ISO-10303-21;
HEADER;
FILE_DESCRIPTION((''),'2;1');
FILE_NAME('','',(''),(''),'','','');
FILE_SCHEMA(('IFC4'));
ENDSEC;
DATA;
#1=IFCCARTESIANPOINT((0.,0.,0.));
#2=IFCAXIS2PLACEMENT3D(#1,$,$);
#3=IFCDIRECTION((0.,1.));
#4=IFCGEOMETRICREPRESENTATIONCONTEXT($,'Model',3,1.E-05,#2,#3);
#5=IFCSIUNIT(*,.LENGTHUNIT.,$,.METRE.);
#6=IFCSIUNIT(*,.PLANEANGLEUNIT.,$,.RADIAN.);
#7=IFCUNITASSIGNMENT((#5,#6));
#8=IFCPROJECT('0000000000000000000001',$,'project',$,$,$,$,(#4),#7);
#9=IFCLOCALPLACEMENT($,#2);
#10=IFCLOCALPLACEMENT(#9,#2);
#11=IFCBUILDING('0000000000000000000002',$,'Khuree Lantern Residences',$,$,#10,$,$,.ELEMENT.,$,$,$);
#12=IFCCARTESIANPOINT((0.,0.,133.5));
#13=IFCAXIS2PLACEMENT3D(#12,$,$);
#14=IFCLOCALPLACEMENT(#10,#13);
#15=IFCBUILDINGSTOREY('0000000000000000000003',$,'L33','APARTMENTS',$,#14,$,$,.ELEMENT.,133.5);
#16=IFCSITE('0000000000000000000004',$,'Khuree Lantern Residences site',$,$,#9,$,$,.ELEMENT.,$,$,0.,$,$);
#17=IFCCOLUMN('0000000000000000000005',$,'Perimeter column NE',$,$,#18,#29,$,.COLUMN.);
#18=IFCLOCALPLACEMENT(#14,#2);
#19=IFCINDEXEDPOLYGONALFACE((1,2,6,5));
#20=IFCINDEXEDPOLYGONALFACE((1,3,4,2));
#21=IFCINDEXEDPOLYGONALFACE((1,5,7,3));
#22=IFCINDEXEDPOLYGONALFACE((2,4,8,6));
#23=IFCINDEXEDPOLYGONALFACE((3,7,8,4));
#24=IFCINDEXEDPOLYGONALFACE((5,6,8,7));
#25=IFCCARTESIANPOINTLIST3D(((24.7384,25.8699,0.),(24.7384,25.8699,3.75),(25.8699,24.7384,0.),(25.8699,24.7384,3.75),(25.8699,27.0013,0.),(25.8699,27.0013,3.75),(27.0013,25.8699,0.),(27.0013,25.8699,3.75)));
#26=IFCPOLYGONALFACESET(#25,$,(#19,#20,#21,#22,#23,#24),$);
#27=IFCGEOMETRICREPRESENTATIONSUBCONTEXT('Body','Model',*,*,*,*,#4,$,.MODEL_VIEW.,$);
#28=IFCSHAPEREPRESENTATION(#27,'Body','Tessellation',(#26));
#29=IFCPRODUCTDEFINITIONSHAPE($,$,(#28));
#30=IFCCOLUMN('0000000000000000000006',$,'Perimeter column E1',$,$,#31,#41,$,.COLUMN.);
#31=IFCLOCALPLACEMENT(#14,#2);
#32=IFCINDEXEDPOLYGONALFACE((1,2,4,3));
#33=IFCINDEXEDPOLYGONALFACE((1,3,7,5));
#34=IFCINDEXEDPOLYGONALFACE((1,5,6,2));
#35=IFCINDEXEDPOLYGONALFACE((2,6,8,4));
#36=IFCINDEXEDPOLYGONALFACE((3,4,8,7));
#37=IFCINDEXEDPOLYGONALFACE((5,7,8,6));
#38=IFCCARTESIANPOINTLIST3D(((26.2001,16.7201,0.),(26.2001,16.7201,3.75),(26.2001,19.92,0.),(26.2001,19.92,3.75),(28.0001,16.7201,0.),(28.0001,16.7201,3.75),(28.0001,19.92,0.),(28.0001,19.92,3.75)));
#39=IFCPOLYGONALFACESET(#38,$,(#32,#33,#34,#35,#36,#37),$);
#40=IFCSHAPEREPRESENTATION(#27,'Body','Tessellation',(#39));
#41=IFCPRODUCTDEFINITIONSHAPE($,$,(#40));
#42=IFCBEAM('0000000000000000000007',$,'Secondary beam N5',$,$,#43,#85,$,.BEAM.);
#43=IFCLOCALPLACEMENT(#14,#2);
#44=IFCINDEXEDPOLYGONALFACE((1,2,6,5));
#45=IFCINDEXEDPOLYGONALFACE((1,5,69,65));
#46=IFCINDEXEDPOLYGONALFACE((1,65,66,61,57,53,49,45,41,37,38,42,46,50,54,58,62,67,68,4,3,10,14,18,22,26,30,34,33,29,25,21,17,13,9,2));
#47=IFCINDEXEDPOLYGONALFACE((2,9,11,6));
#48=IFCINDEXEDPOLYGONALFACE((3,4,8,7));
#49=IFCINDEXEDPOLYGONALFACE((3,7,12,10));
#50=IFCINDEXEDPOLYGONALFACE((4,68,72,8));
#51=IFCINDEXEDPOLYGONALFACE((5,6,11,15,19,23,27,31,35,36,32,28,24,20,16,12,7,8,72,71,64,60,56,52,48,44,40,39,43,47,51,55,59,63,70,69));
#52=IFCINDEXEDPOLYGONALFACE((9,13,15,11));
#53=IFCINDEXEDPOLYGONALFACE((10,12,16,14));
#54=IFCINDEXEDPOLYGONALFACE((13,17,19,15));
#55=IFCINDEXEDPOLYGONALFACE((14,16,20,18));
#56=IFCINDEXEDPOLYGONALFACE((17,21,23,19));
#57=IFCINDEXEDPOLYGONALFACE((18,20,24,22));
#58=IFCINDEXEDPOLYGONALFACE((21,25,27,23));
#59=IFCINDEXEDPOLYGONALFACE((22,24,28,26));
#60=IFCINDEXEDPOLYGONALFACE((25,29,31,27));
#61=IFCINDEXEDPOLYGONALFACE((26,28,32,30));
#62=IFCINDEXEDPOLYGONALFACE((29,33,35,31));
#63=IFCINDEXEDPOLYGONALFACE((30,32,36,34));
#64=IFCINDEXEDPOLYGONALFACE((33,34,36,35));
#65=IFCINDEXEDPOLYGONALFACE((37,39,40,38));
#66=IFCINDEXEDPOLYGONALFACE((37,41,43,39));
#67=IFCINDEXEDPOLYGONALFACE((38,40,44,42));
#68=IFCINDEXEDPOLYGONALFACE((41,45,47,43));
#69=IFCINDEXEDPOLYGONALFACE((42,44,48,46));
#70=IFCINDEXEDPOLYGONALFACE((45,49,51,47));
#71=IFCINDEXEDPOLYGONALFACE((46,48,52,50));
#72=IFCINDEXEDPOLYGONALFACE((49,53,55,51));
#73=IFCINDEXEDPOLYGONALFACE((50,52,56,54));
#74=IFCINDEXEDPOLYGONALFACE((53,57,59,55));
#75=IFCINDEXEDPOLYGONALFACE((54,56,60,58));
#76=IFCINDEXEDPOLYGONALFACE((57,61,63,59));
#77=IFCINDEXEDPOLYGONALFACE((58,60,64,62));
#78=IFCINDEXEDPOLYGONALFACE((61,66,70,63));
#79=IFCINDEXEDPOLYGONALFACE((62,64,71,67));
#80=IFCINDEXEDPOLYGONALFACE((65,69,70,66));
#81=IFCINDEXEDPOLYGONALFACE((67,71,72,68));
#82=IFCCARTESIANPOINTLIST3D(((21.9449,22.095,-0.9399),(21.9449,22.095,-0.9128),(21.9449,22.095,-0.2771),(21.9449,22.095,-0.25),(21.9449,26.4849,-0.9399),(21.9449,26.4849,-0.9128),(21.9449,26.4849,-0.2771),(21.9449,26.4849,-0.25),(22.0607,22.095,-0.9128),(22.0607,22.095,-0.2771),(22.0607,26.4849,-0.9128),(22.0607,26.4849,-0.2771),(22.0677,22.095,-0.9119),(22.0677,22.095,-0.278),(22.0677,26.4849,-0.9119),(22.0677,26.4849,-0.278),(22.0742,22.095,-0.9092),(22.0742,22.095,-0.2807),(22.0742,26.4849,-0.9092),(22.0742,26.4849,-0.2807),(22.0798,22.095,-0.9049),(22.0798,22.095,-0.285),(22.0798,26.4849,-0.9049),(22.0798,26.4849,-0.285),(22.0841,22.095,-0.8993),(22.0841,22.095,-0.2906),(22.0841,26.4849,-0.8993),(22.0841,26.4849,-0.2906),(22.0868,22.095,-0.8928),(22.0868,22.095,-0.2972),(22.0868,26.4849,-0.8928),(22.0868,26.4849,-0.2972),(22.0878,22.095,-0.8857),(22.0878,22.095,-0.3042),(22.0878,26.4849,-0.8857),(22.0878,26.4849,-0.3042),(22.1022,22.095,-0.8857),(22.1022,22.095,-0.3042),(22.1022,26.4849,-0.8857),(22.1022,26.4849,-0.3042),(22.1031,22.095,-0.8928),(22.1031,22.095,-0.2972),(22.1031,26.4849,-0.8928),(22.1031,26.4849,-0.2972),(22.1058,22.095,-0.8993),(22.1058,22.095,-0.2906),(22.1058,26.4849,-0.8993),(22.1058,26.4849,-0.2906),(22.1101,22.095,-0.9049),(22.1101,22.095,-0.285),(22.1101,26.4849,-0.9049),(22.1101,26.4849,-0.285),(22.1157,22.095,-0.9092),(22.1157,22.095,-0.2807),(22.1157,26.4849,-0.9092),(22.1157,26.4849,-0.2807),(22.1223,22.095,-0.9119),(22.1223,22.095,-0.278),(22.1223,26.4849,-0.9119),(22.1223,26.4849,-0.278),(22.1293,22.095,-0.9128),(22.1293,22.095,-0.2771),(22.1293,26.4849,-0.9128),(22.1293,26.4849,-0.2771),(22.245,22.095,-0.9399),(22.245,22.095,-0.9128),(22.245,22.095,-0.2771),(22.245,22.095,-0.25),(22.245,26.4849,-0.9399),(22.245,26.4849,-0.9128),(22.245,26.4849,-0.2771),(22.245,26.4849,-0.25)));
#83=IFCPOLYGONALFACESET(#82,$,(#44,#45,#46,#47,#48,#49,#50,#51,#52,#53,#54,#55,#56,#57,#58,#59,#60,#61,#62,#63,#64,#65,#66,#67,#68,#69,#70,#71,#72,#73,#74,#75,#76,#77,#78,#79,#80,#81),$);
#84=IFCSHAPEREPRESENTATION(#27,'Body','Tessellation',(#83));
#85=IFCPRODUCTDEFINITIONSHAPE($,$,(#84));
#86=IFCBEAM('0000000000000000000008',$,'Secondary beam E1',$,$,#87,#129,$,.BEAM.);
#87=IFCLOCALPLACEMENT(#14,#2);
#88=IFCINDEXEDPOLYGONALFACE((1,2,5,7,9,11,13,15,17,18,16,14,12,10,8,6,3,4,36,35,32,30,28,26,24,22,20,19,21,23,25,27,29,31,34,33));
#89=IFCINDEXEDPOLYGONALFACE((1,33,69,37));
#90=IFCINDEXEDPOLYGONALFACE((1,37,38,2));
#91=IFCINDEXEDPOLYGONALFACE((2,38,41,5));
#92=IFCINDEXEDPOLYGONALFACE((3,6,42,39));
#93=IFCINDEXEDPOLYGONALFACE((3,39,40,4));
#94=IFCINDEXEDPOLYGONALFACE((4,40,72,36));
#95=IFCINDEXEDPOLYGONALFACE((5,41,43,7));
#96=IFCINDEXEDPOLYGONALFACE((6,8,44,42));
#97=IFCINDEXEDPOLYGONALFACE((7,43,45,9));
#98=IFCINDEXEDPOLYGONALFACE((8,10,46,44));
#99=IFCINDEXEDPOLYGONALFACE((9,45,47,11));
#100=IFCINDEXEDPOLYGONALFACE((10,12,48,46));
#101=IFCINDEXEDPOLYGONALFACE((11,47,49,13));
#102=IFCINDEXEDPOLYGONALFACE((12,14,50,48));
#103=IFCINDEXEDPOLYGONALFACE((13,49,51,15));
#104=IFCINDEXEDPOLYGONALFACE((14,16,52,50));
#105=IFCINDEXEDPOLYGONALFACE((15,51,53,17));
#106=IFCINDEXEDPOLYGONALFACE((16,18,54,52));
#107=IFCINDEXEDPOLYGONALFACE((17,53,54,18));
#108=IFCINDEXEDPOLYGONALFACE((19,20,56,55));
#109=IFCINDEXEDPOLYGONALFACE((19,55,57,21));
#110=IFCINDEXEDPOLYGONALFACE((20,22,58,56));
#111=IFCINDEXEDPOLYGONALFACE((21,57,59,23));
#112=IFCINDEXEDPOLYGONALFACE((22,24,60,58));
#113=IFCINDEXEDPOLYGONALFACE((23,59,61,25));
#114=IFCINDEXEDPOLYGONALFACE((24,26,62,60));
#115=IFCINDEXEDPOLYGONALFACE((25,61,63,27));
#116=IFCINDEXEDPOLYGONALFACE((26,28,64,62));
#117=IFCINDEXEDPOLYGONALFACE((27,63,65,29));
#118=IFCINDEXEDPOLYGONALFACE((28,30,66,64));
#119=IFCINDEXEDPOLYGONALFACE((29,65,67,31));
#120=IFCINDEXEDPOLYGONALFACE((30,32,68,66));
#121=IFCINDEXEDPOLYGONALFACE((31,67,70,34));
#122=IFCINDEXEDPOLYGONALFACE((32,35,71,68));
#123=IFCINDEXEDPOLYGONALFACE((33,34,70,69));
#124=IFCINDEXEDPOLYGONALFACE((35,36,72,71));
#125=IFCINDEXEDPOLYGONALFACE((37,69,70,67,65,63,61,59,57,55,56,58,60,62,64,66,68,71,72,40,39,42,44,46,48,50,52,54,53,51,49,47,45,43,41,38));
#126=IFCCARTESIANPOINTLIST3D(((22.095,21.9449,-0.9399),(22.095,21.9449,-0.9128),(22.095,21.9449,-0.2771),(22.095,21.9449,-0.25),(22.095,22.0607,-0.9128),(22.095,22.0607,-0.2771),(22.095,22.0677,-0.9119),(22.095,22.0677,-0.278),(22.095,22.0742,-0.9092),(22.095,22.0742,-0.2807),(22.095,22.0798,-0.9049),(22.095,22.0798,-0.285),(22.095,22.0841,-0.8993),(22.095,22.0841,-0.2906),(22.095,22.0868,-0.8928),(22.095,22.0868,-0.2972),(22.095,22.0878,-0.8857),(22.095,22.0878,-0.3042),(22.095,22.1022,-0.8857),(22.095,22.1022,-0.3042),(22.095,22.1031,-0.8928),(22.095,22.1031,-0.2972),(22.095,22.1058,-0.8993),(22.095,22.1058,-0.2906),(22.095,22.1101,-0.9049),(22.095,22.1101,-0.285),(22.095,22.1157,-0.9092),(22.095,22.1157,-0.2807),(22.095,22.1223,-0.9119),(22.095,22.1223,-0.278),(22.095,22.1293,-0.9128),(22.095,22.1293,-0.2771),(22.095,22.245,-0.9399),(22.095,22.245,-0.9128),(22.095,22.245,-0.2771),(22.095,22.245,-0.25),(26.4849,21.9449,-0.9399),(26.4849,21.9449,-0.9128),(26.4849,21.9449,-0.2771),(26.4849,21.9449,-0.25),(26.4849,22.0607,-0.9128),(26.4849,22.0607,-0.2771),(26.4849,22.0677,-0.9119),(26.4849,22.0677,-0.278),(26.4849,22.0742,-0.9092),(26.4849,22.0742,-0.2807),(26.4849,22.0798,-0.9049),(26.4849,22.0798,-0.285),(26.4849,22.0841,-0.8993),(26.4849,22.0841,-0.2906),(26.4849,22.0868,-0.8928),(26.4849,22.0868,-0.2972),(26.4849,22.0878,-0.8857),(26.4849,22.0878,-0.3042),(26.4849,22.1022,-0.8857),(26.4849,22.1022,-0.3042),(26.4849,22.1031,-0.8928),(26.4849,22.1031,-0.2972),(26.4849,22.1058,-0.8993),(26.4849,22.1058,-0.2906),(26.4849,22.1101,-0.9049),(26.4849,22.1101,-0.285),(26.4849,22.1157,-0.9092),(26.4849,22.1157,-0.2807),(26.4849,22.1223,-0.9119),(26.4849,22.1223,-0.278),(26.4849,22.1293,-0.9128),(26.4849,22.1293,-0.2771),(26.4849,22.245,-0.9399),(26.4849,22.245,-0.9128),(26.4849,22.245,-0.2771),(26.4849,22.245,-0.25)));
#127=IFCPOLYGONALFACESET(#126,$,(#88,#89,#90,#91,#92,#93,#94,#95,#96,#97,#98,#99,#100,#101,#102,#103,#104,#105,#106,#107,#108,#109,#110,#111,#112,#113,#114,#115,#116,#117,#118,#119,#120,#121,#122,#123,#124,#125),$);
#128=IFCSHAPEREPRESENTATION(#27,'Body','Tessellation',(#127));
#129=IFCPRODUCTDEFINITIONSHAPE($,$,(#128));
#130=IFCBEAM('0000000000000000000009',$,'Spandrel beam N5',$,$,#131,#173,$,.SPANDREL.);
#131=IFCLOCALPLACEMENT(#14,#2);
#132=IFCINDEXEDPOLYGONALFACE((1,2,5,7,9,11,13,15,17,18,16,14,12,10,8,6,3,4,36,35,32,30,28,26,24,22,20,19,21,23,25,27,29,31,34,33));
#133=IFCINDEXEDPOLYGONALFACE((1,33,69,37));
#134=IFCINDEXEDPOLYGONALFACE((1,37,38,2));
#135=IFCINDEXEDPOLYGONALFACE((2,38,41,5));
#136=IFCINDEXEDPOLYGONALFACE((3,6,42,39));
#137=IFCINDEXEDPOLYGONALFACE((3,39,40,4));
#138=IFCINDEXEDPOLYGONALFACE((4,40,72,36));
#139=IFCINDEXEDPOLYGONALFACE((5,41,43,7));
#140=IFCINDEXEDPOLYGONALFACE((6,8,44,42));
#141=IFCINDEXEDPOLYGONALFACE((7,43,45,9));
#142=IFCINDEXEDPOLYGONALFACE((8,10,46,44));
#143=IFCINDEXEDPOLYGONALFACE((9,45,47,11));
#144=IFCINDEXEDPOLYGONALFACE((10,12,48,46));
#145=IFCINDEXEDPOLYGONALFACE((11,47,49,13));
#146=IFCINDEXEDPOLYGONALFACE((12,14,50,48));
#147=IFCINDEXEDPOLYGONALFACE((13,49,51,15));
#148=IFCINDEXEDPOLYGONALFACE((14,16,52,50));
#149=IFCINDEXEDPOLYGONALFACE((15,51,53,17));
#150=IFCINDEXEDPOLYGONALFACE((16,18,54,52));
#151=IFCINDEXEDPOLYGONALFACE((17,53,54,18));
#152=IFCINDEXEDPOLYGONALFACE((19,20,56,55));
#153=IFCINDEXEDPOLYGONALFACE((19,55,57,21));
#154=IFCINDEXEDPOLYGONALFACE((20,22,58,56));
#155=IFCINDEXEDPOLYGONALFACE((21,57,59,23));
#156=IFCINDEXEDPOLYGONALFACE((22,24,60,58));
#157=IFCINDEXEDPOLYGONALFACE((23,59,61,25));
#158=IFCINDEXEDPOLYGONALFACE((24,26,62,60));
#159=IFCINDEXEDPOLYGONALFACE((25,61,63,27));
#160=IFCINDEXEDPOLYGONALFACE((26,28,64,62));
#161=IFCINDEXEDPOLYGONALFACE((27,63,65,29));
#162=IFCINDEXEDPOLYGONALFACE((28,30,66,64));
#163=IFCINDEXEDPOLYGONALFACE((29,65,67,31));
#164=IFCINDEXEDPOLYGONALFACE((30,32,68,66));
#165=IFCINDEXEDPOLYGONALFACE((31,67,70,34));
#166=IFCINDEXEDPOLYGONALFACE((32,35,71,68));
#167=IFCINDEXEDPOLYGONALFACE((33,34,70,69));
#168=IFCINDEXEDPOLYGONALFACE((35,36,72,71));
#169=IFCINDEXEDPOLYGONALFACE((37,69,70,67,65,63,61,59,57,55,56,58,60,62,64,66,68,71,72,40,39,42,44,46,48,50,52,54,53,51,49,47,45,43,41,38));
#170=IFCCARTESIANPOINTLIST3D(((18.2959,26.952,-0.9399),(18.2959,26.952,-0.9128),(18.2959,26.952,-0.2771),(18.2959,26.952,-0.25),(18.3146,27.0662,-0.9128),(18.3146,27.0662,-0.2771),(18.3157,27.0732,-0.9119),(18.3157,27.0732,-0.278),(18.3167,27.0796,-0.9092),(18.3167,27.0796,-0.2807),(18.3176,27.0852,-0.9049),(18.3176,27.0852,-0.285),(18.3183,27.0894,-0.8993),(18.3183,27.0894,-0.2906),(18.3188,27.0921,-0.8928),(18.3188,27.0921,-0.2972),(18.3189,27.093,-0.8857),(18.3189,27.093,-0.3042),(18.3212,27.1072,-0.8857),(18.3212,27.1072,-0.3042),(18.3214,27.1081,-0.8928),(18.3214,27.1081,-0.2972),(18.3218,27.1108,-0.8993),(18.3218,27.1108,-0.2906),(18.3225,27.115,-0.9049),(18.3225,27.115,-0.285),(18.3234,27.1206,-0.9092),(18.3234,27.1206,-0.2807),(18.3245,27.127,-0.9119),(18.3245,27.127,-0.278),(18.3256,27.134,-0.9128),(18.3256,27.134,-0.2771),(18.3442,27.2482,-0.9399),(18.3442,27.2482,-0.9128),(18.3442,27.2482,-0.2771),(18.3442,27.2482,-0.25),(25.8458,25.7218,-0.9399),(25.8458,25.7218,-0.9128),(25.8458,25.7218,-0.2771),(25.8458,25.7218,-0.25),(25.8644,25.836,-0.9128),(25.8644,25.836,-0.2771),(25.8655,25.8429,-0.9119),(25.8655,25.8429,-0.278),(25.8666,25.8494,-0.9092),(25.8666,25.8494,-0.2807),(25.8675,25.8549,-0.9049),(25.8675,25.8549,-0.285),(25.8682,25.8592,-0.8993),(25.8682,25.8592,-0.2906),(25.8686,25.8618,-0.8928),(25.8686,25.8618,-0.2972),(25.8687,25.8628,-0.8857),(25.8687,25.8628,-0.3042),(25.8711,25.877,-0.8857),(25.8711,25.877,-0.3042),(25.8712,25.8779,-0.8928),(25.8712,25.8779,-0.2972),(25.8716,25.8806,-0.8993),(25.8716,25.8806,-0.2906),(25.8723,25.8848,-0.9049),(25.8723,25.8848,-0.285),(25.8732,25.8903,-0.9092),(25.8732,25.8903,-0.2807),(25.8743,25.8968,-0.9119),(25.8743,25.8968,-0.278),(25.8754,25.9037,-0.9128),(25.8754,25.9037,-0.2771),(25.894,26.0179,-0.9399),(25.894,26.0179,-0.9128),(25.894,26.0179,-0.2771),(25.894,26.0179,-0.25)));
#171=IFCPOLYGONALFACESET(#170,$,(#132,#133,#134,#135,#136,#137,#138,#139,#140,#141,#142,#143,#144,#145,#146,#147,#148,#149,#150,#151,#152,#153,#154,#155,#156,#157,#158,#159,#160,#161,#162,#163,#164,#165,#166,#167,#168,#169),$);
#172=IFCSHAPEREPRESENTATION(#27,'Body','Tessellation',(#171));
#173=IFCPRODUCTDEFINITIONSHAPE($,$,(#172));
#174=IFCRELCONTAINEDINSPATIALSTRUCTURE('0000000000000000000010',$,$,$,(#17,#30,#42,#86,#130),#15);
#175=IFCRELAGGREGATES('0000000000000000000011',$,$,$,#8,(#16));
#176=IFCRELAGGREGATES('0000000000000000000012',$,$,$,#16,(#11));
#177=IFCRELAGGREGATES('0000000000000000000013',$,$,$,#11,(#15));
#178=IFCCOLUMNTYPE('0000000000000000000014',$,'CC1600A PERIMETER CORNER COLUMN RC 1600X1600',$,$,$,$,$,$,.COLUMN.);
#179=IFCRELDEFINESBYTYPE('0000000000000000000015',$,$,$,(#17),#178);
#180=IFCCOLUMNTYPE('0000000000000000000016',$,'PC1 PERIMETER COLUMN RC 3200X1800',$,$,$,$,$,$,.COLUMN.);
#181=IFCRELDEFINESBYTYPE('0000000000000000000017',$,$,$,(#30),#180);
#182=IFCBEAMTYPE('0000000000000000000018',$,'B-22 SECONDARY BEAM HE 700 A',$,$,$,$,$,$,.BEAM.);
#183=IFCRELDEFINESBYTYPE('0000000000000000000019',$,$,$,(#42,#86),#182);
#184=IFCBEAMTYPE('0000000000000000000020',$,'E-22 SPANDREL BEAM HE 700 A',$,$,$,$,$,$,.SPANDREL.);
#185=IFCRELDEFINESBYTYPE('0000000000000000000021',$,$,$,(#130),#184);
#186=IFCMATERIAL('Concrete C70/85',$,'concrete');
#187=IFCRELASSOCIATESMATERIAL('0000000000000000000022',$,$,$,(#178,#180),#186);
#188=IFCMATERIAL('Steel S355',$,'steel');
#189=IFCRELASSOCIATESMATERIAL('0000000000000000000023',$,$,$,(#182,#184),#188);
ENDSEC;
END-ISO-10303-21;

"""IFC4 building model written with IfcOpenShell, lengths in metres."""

from ifc_helpers import new_model, si_unit, direction, frame, origin, origin_2d, place, context, subcontext, project, spatial, rectangle, i_section, extrude, material, material_profile, profile_set, type_object, element, save


model = new_model("IFC4")

# Units and contexts
model_context = context("Model", 3, precision=1e-05, world=origin(), true_north=direction((0.0, 1.0)))
body_context = subcontext(model_context, "Body", "Model", "MODEL_VIEW")
ifc_project = project(units=[si_unit("LENGTHUNIT", "METRE"), si_unit("PLANEANGLEUNIT", "RADIAN")], contexts=[model_context])

# Site, building, storey
site_placement = place(None, origin())
site = spatial("IfcSite", under=ifc_project, at=site_placement, Name="Khuree Lantern Residences site", CompositionType="ELEMENT", RefElevation=0.0)
building_placement = place(site_placement, origin())
building = spatial("IfcBuilding", under=site, at=building_placement, Name="Khuree Lantern Residences", CompositionType="ELEMENT")
storey_placement = place(building_placement, frame((0.0, 0.0, 133.5)))
storey = spatial("IfcBuildingStorey", under=building, at=storey_placement, Name="L33", Description="APARTMENTS", CompositionType="ELEMENT", Elevation=133.5)

# Columns
ifc_material_1 = material(Name="Concrete C70/85", Category="concrete")
ifc_material_profile_1 = material_profile(ifc_material_1, rectangle(XDim=1.6001, YDim=1.6001, at=origin_2d()), Name="RC 1600X1600")
ifc_profile_set_1 = profile_set([ifc_material_profile_1], Name="Concrete C70/85")
column_type_1 = type_object("IfcColumnType", Name="CC1600A PERIMETER CORNER COLUMN RC 1600X1600", PredefinedType="COLUMN", material=ifc_profile_set_1)
column_1_placement = place(storey_placement, frame((25.8699, 25.8699, 0.0), z_axis=(0.0, 0.0, 1.0), x_axis=(0.707107, -0.707107, 0.0)))
element("IfcColumn", 1, at=column_1_placement, inside=storey, type_object=column_type_1, Name="Perimeter column NE", PredefinedType="COLUMN", context=body_context, shape_type="SweptSolid", body=[
    extrude(rectangle(XDim=1.6001, YDim=1.6001, at=origin_2d()), origin(), (0.0, 0.0, 1.0), 3.75),
])
ifc_material_profile_2 = material_profile(ifc_material_1, rectangle(XDim=3.2, YDim=1.8, at=origin_2d()), Name="RC 3200X1800")
ifc_profile_set_2 = profile_set([ifc_material_profile_2], Name="Concrete C70/85")
column_type_2 = type_object("IfcColumnType", Name="PC1 PERIMETER COLUMN RC 3200X1800", PredefinedType="COLUMN", material=ifc_profile_set_2)
column_2_placement = place(storey_placement, frame((27.1001, 18.3201, 0.0), z_axis=(0.0, 0.0, 1.0), x_axis=(0.0, 1.0, 0.0)))
element("IfcColumn", 2, at=column_2_placement, inside=storey, type_object=column_type_2, Name="Perimeter column E1", PredefinedType="COLUMN", context=body_context, shape_type="SweptSolid", body=[
    extrude(rectangle(XDim=3.2, YDim=1.8, at=origin_2d()), origin(), (0.0, 0.0, 1.0), 3.75),
])

# Beams
ifc_material_2 = material(Name="Steel S355", Category="steel")
ifc_material_profile_3 = material_profile(ifc_material_2, i_section(OverallWidth=0.3, OverallDepth=0.6899, WebThickness=0.0144, FlangeThickness=0.0271, FilletRadius=0.0271, at=origin_2d()), Name="HE 700 A")
ifc_profile_set_3 = profile_set([ifc_material_profile_3], Name="Steel S355")
beam_type_1 = type_object("IfcBeamType", Name="B-22 SECONDARY BEAM HE 700 A", PredefinedType="BEAM", material=ifc_profile_set_3)
for number, where, z_axis, x_axis, name in (
    (3, (22.095, 26.4849, -0.595), (0.0, -1.0, 0.0), (1.0, 0.0, 0.0), "Secondary beam N5"),
    (4, (26.4849, 22.095, -0.595), (-1.0, 0.0, 0.0), (0.0, -1.0, 0.0), "Secondary beam E1"),
):
    element("IfcBeam", number, at=place(storey_placement, frame(where, z_axis=z_axis, x_axis=x_axis)), inside=storey, type_object=beam_type_1, Name=name, PredefinedType="BEAM", context=body_context, shape_type="SweptSolid", body=[
        extrude(i_section(OverallWidth=0.3, OverallDepth=0.6899, WebThickness=0.0144, FlangeThickness=0.0271, FilletRadius=0.0271, at=origin_2d()), origin(), (0.0, 0.0, 1.0), 4.3899),
    ])
ifc_material_profile_4 = material_profile(ifc_material_2, i_section(OverallWidth=0.3, OverallDepth=0.6899, WebThickness=0.0144, FlangeThickness=0.0271, FilletRadius=0.0271, at=origin_2d()), Name="HE 700 A")
ifc_profile_set_4 = profile_set([ifc_material_profile_4], Name="Steel S355")
beam_type_2 = type_object("IfcBeamType", Name="E-22 SPANDREL BEAM HE 700 A", PredefinedType="SPANDREL", material=ifc_profile_set_4)
for number, where, z_axis, x_axis, name in (
    (5, (18.3201, 27.1001, -0.595), (0.986983, -0.160827, 0.0), (0.160827, 0.986983, 0.0), "Spandrel beam N5"),
):
    element("IfcBeam", number, at=place(storey_placement, frame(where, z_axis=z_axis, x_axis=x_axis)), inside=storey, type_object=beam_type_2, Name=name, PredefinedType="SPANDREL", context=body_context, shape_type="SweptSolid", body=[
        extrude(i_section(OverallWidth=0.3, OverallDepth=0.6899, WebThickness=0.0144, FlangeThickness=0.0271, FilletRadius=0.0271, at=origin_2d()), origin(), (0.0, 0.0, 1.0), 7.6494),
    ])

save(model, "model.ifc")
